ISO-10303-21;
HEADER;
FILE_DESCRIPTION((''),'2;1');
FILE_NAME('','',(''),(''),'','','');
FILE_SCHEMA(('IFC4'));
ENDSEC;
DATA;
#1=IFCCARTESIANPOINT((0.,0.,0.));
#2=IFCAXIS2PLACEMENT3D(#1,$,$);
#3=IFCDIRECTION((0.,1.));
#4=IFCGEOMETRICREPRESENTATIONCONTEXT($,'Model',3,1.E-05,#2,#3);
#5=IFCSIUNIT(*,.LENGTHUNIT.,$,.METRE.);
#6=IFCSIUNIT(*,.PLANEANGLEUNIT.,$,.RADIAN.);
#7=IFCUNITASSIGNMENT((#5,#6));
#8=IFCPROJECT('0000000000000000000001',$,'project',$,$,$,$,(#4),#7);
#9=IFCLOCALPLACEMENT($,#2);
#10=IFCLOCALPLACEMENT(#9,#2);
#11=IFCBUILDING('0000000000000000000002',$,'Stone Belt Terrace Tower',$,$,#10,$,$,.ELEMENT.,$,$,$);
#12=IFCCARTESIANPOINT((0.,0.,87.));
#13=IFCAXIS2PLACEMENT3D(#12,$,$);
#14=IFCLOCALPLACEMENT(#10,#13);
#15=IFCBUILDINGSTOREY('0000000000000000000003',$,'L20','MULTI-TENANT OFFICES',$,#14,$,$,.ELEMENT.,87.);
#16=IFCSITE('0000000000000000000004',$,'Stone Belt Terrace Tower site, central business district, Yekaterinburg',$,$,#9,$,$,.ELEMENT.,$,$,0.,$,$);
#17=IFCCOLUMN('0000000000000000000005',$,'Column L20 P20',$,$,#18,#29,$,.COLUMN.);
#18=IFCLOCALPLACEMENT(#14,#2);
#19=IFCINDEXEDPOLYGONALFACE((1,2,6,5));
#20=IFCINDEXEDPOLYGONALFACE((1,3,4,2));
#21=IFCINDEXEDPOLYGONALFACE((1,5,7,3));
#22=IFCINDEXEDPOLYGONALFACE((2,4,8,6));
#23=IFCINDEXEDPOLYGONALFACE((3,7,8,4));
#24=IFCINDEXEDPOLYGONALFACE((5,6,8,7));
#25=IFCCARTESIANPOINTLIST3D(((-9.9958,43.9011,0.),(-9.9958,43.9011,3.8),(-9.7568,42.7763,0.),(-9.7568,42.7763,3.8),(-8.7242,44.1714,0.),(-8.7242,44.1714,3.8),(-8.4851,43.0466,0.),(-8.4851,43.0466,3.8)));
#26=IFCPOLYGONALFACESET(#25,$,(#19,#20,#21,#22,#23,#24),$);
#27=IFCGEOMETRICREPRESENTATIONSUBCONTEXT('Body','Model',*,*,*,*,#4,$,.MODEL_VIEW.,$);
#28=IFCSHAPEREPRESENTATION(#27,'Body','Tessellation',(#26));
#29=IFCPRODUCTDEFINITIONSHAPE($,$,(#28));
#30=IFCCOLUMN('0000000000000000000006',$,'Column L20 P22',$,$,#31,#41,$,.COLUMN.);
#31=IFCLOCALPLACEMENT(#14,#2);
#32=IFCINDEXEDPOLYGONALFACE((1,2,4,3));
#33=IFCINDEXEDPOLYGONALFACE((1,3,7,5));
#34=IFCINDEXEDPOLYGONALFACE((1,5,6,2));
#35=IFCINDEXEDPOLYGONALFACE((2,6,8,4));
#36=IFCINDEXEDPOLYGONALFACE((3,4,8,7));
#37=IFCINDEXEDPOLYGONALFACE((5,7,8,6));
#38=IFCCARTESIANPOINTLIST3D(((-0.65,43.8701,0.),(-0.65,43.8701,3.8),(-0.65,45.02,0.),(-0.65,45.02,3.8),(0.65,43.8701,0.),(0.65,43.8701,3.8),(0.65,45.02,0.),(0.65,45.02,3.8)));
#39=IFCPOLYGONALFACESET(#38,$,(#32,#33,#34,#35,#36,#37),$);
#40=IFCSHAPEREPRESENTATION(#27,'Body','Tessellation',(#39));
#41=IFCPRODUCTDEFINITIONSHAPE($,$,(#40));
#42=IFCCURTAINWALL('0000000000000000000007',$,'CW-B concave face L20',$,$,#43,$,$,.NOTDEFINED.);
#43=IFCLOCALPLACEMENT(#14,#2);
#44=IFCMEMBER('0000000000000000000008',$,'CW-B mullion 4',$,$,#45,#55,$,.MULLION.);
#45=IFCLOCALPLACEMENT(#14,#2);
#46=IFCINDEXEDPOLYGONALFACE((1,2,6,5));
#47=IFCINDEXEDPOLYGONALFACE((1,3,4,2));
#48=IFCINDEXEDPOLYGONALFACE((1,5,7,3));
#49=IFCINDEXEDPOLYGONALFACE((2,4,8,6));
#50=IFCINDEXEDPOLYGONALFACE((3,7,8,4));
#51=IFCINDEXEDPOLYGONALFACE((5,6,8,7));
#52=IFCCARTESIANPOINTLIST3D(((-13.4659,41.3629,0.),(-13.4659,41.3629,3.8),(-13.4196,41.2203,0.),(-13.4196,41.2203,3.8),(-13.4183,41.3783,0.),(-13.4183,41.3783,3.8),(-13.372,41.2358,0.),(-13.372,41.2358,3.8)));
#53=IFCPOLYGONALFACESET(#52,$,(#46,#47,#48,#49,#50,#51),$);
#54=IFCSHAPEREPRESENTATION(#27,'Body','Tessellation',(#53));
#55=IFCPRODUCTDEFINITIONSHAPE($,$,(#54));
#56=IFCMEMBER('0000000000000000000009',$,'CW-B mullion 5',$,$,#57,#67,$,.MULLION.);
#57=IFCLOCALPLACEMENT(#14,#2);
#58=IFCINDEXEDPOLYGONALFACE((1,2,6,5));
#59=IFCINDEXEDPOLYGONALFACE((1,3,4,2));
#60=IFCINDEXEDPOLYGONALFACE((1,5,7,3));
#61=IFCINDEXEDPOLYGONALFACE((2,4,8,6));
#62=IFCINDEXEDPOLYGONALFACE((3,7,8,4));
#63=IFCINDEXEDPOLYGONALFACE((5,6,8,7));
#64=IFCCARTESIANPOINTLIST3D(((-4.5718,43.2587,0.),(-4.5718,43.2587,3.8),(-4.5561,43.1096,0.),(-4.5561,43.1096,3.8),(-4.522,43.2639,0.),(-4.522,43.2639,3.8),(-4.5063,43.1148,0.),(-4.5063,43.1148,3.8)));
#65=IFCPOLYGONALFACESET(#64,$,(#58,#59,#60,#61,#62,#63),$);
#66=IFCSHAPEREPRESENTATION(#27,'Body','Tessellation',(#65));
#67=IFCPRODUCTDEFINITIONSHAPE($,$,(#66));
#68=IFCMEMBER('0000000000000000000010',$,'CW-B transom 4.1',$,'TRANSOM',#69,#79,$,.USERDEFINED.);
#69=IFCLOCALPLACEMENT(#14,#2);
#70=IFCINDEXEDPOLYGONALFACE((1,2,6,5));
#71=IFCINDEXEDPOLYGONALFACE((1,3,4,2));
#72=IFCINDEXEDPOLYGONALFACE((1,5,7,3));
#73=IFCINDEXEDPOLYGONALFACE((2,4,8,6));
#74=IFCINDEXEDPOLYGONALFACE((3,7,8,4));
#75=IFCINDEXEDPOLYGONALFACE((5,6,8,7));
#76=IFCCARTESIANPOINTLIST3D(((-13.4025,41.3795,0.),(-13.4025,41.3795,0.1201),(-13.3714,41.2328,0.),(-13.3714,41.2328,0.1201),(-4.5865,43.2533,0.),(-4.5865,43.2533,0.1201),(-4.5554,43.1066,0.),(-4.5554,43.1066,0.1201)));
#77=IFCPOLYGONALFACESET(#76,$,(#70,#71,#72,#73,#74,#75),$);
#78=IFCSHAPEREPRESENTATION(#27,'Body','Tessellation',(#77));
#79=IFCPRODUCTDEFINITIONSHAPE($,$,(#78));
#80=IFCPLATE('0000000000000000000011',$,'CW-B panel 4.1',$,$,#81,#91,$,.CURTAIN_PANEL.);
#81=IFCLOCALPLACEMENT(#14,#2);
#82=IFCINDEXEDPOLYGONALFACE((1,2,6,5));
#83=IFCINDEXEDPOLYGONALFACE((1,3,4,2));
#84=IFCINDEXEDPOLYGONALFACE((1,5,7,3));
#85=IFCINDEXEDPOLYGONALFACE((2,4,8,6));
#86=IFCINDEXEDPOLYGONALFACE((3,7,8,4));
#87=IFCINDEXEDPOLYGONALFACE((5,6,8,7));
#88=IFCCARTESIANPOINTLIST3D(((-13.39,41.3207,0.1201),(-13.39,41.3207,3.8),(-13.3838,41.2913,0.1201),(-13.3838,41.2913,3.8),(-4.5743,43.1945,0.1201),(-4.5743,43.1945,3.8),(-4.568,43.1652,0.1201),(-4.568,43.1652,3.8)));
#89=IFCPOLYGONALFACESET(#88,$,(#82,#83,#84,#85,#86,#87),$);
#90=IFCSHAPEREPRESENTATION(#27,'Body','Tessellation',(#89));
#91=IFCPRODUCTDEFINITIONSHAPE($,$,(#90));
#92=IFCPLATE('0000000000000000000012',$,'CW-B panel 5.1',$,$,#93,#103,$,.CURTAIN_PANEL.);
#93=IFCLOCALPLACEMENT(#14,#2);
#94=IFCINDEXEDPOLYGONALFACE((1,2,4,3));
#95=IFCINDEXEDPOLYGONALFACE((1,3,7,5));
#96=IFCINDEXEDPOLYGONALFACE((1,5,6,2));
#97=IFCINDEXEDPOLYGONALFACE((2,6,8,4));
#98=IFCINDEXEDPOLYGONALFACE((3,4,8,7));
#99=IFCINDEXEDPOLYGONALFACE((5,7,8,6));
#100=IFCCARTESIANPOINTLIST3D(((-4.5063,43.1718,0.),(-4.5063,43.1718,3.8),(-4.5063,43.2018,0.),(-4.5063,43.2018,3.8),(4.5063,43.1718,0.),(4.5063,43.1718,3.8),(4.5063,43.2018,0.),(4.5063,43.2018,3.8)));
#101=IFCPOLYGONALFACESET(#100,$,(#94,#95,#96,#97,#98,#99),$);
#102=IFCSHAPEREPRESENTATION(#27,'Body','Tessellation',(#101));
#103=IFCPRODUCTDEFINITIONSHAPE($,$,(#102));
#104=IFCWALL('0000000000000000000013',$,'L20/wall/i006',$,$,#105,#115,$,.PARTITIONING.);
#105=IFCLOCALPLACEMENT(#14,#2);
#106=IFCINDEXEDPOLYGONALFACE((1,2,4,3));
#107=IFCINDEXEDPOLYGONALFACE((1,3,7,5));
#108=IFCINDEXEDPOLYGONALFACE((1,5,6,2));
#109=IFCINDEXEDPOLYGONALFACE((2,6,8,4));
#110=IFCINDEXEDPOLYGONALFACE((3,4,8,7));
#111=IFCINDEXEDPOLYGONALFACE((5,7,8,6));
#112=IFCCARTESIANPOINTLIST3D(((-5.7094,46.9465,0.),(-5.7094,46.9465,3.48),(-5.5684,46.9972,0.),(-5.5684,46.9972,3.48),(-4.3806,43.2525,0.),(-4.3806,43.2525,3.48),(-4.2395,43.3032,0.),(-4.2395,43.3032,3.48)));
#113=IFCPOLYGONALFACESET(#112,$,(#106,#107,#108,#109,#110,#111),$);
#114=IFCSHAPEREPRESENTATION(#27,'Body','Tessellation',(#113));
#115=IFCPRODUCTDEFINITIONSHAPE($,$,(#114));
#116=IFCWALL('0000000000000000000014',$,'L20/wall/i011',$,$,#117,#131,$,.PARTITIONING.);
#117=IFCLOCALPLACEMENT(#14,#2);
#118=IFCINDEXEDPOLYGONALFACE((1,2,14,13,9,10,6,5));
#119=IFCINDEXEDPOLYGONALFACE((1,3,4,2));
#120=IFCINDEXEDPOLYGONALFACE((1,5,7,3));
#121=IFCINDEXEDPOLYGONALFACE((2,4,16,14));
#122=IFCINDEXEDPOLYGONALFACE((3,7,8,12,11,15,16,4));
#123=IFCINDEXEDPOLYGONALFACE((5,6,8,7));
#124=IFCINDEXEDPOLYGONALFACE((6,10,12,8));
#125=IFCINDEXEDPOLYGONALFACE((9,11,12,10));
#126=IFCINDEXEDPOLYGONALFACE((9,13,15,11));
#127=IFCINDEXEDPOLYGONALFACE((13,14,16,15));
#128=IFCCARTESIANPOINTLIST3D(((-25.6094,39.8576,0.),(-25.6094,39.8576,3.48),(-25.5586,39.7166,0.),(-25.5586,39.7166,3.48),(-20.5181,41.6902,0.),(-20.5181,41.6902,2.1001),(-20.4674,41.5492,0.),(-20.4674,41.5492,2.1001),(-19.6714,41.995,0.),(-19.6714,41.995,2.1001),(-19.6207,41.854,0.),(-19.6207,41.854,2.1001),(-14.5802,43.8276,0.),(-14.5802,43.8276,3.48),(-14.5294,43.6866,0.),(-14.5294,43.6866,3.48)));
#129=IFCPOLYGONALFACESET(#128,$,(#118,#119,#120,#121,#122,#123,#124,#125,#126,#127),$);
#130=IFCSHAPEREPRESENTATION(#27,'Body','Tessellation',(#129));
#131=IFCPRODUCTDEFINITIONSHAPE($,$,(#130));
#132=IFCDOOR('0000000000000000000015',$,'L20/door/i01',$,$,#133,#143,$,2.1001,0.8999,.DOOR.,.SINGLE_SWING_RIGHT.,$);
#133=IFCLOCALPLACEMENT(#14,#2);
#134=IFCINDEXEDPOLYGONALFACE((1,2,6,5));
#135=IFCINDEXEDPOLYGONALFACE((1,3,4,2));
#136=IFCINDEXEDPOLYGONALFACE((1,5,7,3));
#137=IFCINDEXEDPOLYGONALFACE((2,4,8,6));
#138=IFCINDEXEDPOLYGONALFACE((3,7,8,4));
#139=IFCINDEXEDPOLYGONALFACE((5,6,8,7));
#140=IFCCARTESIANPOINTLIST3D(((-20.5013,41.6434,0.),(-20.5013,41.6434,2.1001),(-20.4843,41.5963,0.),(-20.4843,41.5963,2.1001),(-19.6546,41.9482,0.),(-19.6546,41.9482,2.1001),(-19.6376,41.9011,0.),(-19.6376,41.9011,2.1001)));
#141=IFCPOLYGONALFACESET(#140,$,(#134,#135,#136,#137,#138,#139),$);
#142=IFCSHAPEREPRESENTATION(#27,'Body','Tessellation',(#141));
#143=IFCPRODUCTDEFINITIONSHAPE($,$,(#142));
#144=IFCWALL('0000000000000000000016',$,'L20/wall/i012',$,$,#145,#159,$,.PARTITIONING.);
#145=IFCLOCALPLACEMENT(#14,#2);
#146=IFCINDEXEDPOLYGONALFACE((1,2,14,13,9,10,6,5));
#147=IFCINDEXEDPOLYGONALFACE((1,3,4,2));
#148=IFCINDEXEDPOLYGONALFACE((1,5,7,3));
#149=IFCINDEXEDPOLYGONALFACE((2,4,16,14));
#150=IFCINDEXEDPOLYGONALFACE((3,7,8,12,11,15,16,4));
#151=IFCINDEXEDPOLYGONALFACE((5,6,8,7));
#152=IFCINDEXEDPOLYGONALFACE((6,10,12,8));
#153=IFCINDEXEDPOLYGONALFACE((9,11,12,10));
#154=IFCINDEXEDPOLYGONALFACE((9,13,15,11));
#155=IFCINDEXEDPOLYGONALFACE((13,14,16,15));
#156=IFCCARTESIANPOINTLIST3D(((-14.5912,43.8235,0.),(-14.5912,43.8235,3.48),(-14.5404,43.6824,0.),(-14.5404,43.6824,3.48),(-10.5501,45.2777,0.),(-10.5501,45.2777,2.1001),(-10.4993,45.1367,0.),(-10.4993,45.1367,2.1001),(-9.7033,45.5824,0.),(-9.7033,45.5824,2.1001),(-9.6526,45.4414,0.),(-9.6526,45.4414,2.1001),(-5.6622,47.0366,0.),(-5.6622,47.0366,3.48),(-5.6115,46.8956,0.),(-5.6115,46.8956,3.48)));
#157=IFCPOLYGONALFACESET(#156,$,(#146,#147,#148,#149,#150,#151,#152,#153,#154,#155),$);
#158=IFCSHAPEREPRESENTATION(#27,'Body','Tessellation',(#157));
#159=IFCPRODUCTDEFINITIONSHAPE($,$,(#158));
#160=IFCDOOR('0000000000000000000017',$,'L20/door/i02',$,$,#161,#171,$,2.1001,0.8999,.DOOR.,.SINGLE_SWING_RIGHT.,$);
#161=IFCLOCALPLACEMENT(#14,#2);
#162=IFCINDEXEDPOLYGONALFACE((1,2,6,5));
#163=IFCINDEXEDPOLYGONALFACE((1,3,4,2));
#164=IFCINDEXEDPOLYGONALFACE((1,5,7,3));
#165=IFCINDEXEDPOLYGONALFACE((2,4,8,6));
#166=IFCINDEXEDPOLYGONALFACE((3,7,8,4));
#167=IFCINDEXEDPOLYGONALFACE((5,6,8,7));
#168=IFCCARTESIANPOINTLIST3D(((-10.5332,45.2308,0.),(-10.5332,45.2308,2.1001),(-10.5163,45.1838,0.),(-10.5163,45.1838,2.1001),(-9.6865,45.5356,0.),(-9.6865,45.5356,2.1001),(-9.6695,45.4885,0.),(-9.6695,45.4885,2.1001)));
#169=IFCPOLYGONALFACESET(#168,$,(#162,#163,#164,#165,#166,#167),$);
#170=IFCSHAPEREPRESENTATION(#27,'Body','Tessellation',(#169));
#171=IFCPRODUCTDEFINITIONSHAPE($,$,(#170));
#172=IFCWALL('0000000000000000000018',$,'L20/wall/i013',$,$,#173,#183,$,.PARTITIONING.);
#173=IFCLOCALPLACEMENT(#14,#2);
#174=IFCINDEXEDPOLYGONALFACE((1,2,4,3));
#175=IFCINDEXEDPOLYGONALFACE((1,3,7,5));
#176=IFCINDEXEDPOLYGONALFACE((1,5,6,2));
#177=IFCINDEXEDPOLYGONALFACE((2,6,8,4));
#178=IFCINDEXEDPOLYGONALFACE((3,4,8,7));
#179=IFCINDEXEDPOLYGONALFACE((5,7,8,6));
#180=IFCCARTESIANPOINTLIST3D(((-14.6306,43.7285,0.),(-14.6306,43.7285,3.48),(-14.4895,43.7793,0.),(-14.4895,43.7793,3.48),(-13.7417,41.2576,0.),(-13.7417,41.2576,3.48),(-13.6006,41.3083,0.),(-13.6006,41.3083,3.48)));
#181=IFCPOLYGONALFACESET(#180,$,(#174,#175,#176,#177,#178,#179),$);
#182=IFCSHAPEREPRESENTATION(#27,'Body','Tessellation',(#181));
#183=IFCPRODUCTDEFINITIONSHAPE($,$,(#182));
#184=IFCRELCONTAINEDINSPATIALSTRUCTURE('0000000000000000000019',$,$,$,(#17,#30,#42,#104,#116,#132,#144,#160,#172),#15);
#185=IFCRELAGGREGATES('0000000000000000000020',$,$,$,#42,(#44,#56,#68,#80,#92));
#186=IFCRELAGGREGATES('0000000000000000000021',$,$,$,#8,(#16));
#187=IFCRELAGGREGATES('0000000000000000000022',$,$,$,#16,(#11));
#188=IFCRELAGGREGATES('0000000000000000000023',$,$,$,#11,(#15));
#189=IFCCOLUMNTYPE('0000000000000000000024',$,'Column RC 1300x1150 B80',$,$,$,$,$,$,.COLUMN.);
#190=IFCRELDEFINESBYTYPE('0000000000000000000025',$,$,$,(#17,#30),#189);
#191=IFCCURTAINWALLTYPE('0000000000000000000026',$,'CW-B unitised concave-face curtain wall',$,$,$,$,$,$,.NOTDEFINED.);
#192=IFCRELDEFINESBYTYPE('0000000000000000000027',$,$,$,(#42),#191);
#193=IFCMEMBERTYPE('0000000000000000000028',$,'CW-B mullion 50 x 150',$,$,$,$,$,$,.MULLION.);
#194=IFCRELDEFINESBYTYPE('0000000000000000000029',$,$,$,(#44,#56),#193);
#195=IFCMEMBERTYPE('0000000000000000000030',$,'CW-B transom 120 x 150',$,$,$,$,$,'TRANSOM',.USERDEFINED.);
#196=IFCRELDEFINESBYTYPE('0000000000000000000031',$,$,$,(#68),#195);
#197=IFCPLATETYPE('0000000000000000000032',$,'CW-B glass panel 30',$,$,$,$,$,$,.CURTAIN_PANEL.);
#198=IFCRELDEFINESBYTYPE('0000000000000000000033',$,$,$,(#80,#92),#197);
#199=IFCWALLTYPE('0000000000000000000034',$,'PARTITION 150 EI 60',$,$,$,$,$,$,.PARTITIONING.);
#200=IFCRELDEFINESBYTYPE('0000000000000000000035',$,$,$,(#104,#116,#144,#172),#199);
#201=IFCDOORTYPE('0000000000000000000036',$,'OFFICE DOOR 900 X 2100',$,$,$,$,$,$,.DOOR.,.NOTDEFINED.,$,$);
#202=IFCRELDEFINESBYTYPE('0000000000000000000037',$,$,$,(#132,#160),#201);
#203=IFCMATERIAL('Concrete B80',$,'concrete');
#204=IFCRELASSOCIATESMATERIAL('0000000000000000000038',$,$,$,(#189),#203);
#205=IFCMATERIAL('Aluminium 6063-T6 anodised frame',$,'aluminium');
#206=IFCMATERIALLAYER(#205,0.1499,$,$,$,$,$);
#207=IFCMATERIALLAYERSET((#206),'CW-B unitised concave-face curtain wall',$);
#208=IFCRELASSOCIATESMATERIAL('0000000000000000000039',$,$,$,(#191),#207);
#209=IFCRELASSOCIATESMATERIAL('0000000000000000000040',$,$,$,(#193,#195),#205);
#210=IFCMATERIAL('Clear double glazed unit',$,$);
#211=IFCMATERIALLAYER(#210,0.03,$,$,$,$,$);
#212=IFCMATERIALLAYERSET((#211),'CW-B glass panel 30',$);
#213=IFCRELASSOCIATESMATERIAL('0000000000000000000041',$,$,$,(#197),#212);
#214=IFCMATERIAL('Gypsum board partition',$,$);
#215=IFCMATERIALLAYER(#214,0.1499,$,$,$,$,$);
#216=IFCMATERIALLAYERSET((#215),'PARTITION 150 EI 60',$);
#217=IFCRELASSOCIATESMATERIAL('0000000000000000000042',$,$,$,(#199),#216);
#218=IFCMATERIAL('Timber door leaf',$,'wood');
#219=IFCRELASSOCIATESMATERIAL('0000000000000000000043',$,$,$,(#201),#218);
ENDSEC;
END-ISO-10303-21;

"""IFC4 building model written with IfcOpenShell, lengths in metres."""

from ifc_helpers import new_model, si_unit, direction, frame, frame_2d, origin, origin_2d, place, context, subcontext, project, spatial, rectangle, extrude, material, layer, layer_set, material_profile, profile_set, type_object, element, fill, aggregate, save


model = new_model("IFC4")

# Units and contexts
model_context = context("Model", 3, precision=1e-05, world=origin(), true_north=direction((0.0, 1.0)))
body_context = subcontext(model_context, "Body", "Model", "MODEL_VIEW")
ifc_project = project(units=[si_unit("LENGTHUNIT", "METRE"), si_unit("PLANEANGLEUNIT", "RADIAN")], contexts=[model_context])

# Site, building, storey
site_placement = place(None, origin())
site = spatial("IfcSite", under=ifc_project, at=site_placement, Name="Stone Belt Terrace Tower site, central business district, Yekaterinburg", CompositionType="ELEMENT", RefElevation=0.0)
building_placement = place(site_placement, origin())
building = spatial("IfcBuilding", under=site, at=building_placement, Name="Stone Belt Terrace Tower", CompositionType="ELEMENT")
storey_placement = place(building_placement, frame((0.0, 0.0, 87.0)))
storey = spatial("IfcBuildingStorey", under=building, at=storey_placement, Name="L20", Description="MULTI-TENANT OFFICES", CompositionType="ELEMENT", Elevation=87.0)

# Columns
ifc_material_1 = material(Name="Concrete B80", Category="concrete")
ifc_material_profile_1 = material_profile(ifc_material_1, rectangle(XDim=1.3, YDim=1.1499, at=origin_2d()), Name="RC 1300x1150")
ifc_profile_set_1 = profile_set([ifc_material_profile_1], Name="Concrete B80")
column_type = type_object("IfcColumnType", Name="Column RC 1300x1150 B80", PredefinedType="COLUMN", material=ifc_profile_set_1)
for number, where, z_axis, x_axis, name in (
    (1, (-9.2405, 43.4739, 0.0), (0.0, 0.0, 1.0), (0.978148, 0.207912, 0.0), "Column L20 P20"),
    (2, (0.0, 44.4451, 0.0), (0.0, 0.0, 1.0), (1.0, 0.0, 0.0), "Column L20 P22"),
):
    element("IfcColumn", number, at=place(storey_placement, frame(where, z_axis=z_axis, x_axis=x_axis)), inside=storey, type_object=column_type, Name=name, PredefinedType="COLUMN", context=body_context, shape_type="SweptSolid", body=[
        extrude(rectangle(XDim=1.3, YDim=1.1499, at=origin_2d()), origin(), (0.0, 0.0, 1.0), 3.8),
    ])

# Curtain wall, members, plates
ifc_material_2 = material(Name="Aluminium 6063-T6 anodised frame", Category="aluminium")
ifc_layer_1 = layer(ifc_material_2, 0.1499)
ifc_layer_set_1 = layer_set([ifc_layer_1], Name="CW-B unitised concave-face curtain wall")
curtain_wall_type = type_object("IfcCurtainWallType", Name="CW-B unitised concave-face curtain wall", PredefinedType="NOTDEFINED", material=ifc_layer_set_1)
curtain_wall_placement = place(storey_placement, origin())
curtain_wall = element("IfcCurtainWall", 3, at=curtain_wall_placement, inside=storey, type_object=curtain_wall_type, Name="CW-B concave face L20", PredefinedType="NOTDEFINED")
ifc_material_profile_2 = material_profile(ifc_material_2, rectangle(XDim=0.1499, YDim=0.05, at=origin_2d()), Name="Aluminium 6063-T6 50x150")
ifc_profile_set_2 = profile_set([ifc_material_profile_2], Name="Aluminium 6063-T6 anodised frame")
member_type_1 = type_object("IfcMemberType", Name="CW-B mullion 50 x 150", PredefinedType="MULLION", material=ifc_profile_set_2)
member_1_placement = place(storey_placement, frame((-13.4189, 41.2993, 0.0), z_axis=(0.0, 0.0, 1.0), x_axis=(-0.309017, 0.951057, 0.0)))
member_1 = element("IfcMember", 4, at=member_1_placement, type_object=member_type_1, Name="CW-B mullion 4", PredefinedType="MULLION", context=body_context, shape_type="SweptSolid", body=[
    extrude(rectangle(XDim=0.1499, YDim=0.05, at=origin_2d()), origin(), (0.0, 0.0, 1.0), 3.8),
])
member_2_placement = place(storey_placement, frame((-4.5391, 43.1868, 0.0), z_axis=(0.0, 0.0, 1.0), x_axis=(-0.104528, 0.994522, 0.0)))
member_2 = element("IfcMember", 5, at=member_2_placement, type_object=member_type_1, Name="CW-B mullion 5", PredefinedType="MULLION", context=body_context, shape_type="SweptSolid", body=[
    extrude(rectangle(XDim=0.1499, YDim=0.05, at=origin_2d()), origin(), (0.0, 0.0, 1.0), 3.8),
])
ifc_material_profile_3 = material_profile(ifc_material_2, rectangle(XDim=0.1499, YDim=0.1201, at=origin_2d()), Name="Aluminium 6063-T6 150x120")
ifc_profile_set_3 = profile_set([ifc_material_profile_3], Name="Aluminium 6063-T6 anodised frame")
member_type_2 = type_object("IfcMemberType", Name="CW-B transom 120 x 150", ElementType="TRANSOM", PredefinedType="USERDEFINED", material=ifc_profile_set_3)
member_3_placement = place(storey_placement, frame((-13.387, 41.3062, 0.0601), z_axis=(0.97815, 0.207901, 0.0), x_axis=(-0.207901, 0.97815, 0.0)))
member_3 = element("IfcMember", 6, at=member_3_placement, type_object=member_type_2, Name="CW-B transom 4.1", ObjectType="TRANSOM", PredefinedType="USERDEFINED", context=body_context, shape_type="SweptSolid", body=[
    extrude(rectangle(XDim=0.1499, YDim=0.1201, at=origin_2d()), origin(), (0.0, 0.0, 1.0), 9.0129),
])
ifc_material_3 = material(Name="Clear double glazed unit")
ifc_layer_2 = layer(ifc_material_3, 0.03)
ifc_layer_set_2 = layer_set([ifc_layer_2], Name="CW-B glass panel 30")
plate_type = type_object("IfcPlateType", Name="CW-B glass panel 30", PredefinedType="CURTAIN_PANEL", material=ifc_layer_set_2)
plate_1_placement = place(storey_placement, frame((-8.979, 42.2429, 0.1201), z_axis=(0.0, 0.0, 1.0), x_axis=(0.978148, 0.207912, 0.0)))
plate_1 = element("IfcPlate", 7, at=plate_1_placement, type_object=plate_type, Name="CW-B panel 4.1", PredefinedType="CURTAIN_PANEL", context=body_context, shape_type="SweptSolid", body=[
    extrude(rectangle(XDim=9.0127, YDim=0.03, at=origin_2d()), origin(), (0.0, 0.0, 1.0), 3.6799),
])
plate_2_placement = place(storey_placement, frame((0.0, 43.1868, 0.0), z_axis=(0.0, 0.0, 1.0), x_axis=(1.0, 0.0, 0.0)))
plate_2 = element("IfcPlate", 8, at=plate_2_placement, type_object=plate_type, Name="CW-B panel 5.1", PredefinedType="CURTAIN_PANEL", context=body_context, shape_type="SweptSolid", body=[
    extrude(rectangle(XDim=9.0127, YDim=0.03, at=origin_2d()), origin(), (0.0, 0.0, 1.0), 3.8),
])
aggregate(curtain_wall, [member_1, member_2, member_3, plate_1, plate_2])

# Wall
ifc_material_4 = material(Name="Gypsum board partition")
ifc_layer_3 = layer(ifc_material_4, 0.1499)
ifc_layer_set_3 = layer_set([ifc_layer_3], Name="PARTITION 150 EI 60")
wall_type_1 = type_object("IfcWallType", Name="PARTITION 150 EI 60", PredefinedType="PARTITIONING", material=ifc_layer_set_3)
wall_1_placement = place(storey_placement, frame((-4.3101, 43.2778, 0.0), z_axis=(0.0, 0.0, 1.0), x_axis=(-0.33849, 0.94097, 0.0)))
element("IfcWall", 9, at=wall_1_placement, inside=storey, type_object=wall_type_1, Name="L20/wall/i006", PredefinedType="PARTITIONING", context=body_context, shape_type="SweptSolid", body=[
    extrude(rectangle(XDim=3.9258, YDim=0.1499, at=frame_2d((1.9629, 0.0))), origin(), (0.0, 0.0, 1.0), 3.48),
])

# Walls, openings, doors
wall_2_placement = place(storey_placement, frame((-14.5549, 43.7571, 0.0), z_axis=(0.0, 0.0, 1.0), x_axis=(-0.940901, -0.338683, 0.0)))
wall_2 = element("IfcWall", 10, at=wall_2_placement, inside=storey, type_object=wall_type_1, Name="L20/wall/i011", PredefinedType="PARTITIONING", context=body_context, shape_type="SweptSolid", body=[
    extrude(rectangle(XDim=11.7219, YDim=0.1499, at=frame_2d((5.8608, 0.0))), origin(), (0.0, 0.0, 1.0), 3.48),
])
opening_1_placement = place(wall_2_placement, frame((5.4109, 0.0, 0.0)))
opening_1 = element("IfcOpeningElement", 11, at=opening_1_placement, cuts=wall_2, PredefinedType="OPENING", context=body_context, shape_type="SweptSolid", body=[
    extrude(rectangle(XDim=0.8999, YDim=2.1001, at=frame_2d((0.45, 1.05))), frame((0.0, 0.085, 0.0), z_axis=(0.0, -1.0, 0.0), x_axis=(1.0, 0.0, 0.0)), (0.0, 0.0, 1.0), 0.1699),
])
ifc_material_5 = material(Name="Timber door leaf", Category="wood")
door_type_1 = type_object("IfcDoorType", Name="OFFICE DOOR 900 X 2100", OperationType="NOTDEFINED", PredefinedType="DOOR", material=ifc_material_5)
door_1_placement = place(opening_1_placement, origin())
door_1 = element("IfcDoor", 12, at=door_1_placement, inside=storey, type_object=door_type_1, Name="L20/door/i01", OperationType="SINGLE_SWING_RIGHT", OverallHeight=2.1001, OverallWidth=0.8999, PredefinedType="DOOR", context=body_context, shape_type="SweptSolid", body=[
    extrude(rectangle(XDim=0.8999, YDim=2.1001, at=frame_2d((0.45, 1.05))), frame((0.0, 0.0249, 0.0), z_axis=(0.0, -1.0, 0.0), x_axis=(1.0, 0.0, 0.0)), (0.0, 0.0, 1.0), 0.05),
])
fill(opening_1, door_1)
wall_3_placement = place(storey_placement, frame((-5.637, 46.9661, 0.0), z_axis=(0.0, 0.0, 1.0), x_axis=(-0.940931, -0.338599, 0.0)))
wall_3 = element("IfcWall", 13, at=wall_3_placement, inside=storey, type_object=wall_type_1, Name="L20/wall/i012", PredefinedType="PARTITIONING", context=body_context, shape_type="SweptSolid", body=[
    extrude(rectangle(XDim=9.4895, YDim=0.1499, at=frame_2d((4.7446, 0.0))), origin(), (0.0, 0.0, 1.0), 3.48),
])
opening_2_placement = place(wall_3_placement, frame((4.2947, 0.0, 0.0)))
opening_2 = element("IfcOpeningElement", 14, at=opening_2_placement, cuts=wall_3, PredefinedType="OPENING", context=body_context, shape_type="SweptSolid", body=[
    extrude(rectangle(XDim=0.8999, YDim=2.1001, at=frame_2d((0.45, 1.05))), frame((0.0, 0.085, 0.0), z_axis=(0.0, -1.0, 0.0), x_axis=(1.0, 0.0, 0.0)), (0.0, 0.0, 1.0), 0.1699),
])
door_2_placement = place(opening_2_placement, origin())
door_2 = element("IfcDoor", 15, at=door_2_placement, inside=storey, type_object=door_type_1, Name="L20/door/i02", OperationType="SINGLE_SWING_RIGHT", OverallHeight=2.1001, OverallWidth=0.8999, PredefinedType="DOOR", context=body_context, shape_type="SweptSolid", body=[
    extrude(rectangle(XDim=0.8999, YDim=2.1001, at=frame_2d((0.45, 1.05))), frame((0.0, 0.0249, 0.0), z_axis=(0.0, -1.0, 0.0), x_axis=(1.0, 0.0, 0.0)), (0.0, 0.0, 1.0), 0.05),
])
fill(opening_2, door_2)

# Wall
wall_4_placement = place(storey_placement, frame((-14.5601, 43.7539, 0.0), z_axis=(0.0, 0.0, 1.0), x_axis=(0.338509, -0.940963, 0.0)))
element("IfcWall", 16, at=wall_4_placement, inside=storey, type_object=wall_type_1, Name="L20/wall/i013", PredefinedType="PARTITIONING", context=body_context, shape_type="SweptSolid", body=[
    extrude(rectangle(XDim=2.626, YDim=0.1499, at=frame_2d((1.313, 0.0))), origin(), (0.0, 0.0, 1.0), 3.48),
])

save(model, "model.ifc")
